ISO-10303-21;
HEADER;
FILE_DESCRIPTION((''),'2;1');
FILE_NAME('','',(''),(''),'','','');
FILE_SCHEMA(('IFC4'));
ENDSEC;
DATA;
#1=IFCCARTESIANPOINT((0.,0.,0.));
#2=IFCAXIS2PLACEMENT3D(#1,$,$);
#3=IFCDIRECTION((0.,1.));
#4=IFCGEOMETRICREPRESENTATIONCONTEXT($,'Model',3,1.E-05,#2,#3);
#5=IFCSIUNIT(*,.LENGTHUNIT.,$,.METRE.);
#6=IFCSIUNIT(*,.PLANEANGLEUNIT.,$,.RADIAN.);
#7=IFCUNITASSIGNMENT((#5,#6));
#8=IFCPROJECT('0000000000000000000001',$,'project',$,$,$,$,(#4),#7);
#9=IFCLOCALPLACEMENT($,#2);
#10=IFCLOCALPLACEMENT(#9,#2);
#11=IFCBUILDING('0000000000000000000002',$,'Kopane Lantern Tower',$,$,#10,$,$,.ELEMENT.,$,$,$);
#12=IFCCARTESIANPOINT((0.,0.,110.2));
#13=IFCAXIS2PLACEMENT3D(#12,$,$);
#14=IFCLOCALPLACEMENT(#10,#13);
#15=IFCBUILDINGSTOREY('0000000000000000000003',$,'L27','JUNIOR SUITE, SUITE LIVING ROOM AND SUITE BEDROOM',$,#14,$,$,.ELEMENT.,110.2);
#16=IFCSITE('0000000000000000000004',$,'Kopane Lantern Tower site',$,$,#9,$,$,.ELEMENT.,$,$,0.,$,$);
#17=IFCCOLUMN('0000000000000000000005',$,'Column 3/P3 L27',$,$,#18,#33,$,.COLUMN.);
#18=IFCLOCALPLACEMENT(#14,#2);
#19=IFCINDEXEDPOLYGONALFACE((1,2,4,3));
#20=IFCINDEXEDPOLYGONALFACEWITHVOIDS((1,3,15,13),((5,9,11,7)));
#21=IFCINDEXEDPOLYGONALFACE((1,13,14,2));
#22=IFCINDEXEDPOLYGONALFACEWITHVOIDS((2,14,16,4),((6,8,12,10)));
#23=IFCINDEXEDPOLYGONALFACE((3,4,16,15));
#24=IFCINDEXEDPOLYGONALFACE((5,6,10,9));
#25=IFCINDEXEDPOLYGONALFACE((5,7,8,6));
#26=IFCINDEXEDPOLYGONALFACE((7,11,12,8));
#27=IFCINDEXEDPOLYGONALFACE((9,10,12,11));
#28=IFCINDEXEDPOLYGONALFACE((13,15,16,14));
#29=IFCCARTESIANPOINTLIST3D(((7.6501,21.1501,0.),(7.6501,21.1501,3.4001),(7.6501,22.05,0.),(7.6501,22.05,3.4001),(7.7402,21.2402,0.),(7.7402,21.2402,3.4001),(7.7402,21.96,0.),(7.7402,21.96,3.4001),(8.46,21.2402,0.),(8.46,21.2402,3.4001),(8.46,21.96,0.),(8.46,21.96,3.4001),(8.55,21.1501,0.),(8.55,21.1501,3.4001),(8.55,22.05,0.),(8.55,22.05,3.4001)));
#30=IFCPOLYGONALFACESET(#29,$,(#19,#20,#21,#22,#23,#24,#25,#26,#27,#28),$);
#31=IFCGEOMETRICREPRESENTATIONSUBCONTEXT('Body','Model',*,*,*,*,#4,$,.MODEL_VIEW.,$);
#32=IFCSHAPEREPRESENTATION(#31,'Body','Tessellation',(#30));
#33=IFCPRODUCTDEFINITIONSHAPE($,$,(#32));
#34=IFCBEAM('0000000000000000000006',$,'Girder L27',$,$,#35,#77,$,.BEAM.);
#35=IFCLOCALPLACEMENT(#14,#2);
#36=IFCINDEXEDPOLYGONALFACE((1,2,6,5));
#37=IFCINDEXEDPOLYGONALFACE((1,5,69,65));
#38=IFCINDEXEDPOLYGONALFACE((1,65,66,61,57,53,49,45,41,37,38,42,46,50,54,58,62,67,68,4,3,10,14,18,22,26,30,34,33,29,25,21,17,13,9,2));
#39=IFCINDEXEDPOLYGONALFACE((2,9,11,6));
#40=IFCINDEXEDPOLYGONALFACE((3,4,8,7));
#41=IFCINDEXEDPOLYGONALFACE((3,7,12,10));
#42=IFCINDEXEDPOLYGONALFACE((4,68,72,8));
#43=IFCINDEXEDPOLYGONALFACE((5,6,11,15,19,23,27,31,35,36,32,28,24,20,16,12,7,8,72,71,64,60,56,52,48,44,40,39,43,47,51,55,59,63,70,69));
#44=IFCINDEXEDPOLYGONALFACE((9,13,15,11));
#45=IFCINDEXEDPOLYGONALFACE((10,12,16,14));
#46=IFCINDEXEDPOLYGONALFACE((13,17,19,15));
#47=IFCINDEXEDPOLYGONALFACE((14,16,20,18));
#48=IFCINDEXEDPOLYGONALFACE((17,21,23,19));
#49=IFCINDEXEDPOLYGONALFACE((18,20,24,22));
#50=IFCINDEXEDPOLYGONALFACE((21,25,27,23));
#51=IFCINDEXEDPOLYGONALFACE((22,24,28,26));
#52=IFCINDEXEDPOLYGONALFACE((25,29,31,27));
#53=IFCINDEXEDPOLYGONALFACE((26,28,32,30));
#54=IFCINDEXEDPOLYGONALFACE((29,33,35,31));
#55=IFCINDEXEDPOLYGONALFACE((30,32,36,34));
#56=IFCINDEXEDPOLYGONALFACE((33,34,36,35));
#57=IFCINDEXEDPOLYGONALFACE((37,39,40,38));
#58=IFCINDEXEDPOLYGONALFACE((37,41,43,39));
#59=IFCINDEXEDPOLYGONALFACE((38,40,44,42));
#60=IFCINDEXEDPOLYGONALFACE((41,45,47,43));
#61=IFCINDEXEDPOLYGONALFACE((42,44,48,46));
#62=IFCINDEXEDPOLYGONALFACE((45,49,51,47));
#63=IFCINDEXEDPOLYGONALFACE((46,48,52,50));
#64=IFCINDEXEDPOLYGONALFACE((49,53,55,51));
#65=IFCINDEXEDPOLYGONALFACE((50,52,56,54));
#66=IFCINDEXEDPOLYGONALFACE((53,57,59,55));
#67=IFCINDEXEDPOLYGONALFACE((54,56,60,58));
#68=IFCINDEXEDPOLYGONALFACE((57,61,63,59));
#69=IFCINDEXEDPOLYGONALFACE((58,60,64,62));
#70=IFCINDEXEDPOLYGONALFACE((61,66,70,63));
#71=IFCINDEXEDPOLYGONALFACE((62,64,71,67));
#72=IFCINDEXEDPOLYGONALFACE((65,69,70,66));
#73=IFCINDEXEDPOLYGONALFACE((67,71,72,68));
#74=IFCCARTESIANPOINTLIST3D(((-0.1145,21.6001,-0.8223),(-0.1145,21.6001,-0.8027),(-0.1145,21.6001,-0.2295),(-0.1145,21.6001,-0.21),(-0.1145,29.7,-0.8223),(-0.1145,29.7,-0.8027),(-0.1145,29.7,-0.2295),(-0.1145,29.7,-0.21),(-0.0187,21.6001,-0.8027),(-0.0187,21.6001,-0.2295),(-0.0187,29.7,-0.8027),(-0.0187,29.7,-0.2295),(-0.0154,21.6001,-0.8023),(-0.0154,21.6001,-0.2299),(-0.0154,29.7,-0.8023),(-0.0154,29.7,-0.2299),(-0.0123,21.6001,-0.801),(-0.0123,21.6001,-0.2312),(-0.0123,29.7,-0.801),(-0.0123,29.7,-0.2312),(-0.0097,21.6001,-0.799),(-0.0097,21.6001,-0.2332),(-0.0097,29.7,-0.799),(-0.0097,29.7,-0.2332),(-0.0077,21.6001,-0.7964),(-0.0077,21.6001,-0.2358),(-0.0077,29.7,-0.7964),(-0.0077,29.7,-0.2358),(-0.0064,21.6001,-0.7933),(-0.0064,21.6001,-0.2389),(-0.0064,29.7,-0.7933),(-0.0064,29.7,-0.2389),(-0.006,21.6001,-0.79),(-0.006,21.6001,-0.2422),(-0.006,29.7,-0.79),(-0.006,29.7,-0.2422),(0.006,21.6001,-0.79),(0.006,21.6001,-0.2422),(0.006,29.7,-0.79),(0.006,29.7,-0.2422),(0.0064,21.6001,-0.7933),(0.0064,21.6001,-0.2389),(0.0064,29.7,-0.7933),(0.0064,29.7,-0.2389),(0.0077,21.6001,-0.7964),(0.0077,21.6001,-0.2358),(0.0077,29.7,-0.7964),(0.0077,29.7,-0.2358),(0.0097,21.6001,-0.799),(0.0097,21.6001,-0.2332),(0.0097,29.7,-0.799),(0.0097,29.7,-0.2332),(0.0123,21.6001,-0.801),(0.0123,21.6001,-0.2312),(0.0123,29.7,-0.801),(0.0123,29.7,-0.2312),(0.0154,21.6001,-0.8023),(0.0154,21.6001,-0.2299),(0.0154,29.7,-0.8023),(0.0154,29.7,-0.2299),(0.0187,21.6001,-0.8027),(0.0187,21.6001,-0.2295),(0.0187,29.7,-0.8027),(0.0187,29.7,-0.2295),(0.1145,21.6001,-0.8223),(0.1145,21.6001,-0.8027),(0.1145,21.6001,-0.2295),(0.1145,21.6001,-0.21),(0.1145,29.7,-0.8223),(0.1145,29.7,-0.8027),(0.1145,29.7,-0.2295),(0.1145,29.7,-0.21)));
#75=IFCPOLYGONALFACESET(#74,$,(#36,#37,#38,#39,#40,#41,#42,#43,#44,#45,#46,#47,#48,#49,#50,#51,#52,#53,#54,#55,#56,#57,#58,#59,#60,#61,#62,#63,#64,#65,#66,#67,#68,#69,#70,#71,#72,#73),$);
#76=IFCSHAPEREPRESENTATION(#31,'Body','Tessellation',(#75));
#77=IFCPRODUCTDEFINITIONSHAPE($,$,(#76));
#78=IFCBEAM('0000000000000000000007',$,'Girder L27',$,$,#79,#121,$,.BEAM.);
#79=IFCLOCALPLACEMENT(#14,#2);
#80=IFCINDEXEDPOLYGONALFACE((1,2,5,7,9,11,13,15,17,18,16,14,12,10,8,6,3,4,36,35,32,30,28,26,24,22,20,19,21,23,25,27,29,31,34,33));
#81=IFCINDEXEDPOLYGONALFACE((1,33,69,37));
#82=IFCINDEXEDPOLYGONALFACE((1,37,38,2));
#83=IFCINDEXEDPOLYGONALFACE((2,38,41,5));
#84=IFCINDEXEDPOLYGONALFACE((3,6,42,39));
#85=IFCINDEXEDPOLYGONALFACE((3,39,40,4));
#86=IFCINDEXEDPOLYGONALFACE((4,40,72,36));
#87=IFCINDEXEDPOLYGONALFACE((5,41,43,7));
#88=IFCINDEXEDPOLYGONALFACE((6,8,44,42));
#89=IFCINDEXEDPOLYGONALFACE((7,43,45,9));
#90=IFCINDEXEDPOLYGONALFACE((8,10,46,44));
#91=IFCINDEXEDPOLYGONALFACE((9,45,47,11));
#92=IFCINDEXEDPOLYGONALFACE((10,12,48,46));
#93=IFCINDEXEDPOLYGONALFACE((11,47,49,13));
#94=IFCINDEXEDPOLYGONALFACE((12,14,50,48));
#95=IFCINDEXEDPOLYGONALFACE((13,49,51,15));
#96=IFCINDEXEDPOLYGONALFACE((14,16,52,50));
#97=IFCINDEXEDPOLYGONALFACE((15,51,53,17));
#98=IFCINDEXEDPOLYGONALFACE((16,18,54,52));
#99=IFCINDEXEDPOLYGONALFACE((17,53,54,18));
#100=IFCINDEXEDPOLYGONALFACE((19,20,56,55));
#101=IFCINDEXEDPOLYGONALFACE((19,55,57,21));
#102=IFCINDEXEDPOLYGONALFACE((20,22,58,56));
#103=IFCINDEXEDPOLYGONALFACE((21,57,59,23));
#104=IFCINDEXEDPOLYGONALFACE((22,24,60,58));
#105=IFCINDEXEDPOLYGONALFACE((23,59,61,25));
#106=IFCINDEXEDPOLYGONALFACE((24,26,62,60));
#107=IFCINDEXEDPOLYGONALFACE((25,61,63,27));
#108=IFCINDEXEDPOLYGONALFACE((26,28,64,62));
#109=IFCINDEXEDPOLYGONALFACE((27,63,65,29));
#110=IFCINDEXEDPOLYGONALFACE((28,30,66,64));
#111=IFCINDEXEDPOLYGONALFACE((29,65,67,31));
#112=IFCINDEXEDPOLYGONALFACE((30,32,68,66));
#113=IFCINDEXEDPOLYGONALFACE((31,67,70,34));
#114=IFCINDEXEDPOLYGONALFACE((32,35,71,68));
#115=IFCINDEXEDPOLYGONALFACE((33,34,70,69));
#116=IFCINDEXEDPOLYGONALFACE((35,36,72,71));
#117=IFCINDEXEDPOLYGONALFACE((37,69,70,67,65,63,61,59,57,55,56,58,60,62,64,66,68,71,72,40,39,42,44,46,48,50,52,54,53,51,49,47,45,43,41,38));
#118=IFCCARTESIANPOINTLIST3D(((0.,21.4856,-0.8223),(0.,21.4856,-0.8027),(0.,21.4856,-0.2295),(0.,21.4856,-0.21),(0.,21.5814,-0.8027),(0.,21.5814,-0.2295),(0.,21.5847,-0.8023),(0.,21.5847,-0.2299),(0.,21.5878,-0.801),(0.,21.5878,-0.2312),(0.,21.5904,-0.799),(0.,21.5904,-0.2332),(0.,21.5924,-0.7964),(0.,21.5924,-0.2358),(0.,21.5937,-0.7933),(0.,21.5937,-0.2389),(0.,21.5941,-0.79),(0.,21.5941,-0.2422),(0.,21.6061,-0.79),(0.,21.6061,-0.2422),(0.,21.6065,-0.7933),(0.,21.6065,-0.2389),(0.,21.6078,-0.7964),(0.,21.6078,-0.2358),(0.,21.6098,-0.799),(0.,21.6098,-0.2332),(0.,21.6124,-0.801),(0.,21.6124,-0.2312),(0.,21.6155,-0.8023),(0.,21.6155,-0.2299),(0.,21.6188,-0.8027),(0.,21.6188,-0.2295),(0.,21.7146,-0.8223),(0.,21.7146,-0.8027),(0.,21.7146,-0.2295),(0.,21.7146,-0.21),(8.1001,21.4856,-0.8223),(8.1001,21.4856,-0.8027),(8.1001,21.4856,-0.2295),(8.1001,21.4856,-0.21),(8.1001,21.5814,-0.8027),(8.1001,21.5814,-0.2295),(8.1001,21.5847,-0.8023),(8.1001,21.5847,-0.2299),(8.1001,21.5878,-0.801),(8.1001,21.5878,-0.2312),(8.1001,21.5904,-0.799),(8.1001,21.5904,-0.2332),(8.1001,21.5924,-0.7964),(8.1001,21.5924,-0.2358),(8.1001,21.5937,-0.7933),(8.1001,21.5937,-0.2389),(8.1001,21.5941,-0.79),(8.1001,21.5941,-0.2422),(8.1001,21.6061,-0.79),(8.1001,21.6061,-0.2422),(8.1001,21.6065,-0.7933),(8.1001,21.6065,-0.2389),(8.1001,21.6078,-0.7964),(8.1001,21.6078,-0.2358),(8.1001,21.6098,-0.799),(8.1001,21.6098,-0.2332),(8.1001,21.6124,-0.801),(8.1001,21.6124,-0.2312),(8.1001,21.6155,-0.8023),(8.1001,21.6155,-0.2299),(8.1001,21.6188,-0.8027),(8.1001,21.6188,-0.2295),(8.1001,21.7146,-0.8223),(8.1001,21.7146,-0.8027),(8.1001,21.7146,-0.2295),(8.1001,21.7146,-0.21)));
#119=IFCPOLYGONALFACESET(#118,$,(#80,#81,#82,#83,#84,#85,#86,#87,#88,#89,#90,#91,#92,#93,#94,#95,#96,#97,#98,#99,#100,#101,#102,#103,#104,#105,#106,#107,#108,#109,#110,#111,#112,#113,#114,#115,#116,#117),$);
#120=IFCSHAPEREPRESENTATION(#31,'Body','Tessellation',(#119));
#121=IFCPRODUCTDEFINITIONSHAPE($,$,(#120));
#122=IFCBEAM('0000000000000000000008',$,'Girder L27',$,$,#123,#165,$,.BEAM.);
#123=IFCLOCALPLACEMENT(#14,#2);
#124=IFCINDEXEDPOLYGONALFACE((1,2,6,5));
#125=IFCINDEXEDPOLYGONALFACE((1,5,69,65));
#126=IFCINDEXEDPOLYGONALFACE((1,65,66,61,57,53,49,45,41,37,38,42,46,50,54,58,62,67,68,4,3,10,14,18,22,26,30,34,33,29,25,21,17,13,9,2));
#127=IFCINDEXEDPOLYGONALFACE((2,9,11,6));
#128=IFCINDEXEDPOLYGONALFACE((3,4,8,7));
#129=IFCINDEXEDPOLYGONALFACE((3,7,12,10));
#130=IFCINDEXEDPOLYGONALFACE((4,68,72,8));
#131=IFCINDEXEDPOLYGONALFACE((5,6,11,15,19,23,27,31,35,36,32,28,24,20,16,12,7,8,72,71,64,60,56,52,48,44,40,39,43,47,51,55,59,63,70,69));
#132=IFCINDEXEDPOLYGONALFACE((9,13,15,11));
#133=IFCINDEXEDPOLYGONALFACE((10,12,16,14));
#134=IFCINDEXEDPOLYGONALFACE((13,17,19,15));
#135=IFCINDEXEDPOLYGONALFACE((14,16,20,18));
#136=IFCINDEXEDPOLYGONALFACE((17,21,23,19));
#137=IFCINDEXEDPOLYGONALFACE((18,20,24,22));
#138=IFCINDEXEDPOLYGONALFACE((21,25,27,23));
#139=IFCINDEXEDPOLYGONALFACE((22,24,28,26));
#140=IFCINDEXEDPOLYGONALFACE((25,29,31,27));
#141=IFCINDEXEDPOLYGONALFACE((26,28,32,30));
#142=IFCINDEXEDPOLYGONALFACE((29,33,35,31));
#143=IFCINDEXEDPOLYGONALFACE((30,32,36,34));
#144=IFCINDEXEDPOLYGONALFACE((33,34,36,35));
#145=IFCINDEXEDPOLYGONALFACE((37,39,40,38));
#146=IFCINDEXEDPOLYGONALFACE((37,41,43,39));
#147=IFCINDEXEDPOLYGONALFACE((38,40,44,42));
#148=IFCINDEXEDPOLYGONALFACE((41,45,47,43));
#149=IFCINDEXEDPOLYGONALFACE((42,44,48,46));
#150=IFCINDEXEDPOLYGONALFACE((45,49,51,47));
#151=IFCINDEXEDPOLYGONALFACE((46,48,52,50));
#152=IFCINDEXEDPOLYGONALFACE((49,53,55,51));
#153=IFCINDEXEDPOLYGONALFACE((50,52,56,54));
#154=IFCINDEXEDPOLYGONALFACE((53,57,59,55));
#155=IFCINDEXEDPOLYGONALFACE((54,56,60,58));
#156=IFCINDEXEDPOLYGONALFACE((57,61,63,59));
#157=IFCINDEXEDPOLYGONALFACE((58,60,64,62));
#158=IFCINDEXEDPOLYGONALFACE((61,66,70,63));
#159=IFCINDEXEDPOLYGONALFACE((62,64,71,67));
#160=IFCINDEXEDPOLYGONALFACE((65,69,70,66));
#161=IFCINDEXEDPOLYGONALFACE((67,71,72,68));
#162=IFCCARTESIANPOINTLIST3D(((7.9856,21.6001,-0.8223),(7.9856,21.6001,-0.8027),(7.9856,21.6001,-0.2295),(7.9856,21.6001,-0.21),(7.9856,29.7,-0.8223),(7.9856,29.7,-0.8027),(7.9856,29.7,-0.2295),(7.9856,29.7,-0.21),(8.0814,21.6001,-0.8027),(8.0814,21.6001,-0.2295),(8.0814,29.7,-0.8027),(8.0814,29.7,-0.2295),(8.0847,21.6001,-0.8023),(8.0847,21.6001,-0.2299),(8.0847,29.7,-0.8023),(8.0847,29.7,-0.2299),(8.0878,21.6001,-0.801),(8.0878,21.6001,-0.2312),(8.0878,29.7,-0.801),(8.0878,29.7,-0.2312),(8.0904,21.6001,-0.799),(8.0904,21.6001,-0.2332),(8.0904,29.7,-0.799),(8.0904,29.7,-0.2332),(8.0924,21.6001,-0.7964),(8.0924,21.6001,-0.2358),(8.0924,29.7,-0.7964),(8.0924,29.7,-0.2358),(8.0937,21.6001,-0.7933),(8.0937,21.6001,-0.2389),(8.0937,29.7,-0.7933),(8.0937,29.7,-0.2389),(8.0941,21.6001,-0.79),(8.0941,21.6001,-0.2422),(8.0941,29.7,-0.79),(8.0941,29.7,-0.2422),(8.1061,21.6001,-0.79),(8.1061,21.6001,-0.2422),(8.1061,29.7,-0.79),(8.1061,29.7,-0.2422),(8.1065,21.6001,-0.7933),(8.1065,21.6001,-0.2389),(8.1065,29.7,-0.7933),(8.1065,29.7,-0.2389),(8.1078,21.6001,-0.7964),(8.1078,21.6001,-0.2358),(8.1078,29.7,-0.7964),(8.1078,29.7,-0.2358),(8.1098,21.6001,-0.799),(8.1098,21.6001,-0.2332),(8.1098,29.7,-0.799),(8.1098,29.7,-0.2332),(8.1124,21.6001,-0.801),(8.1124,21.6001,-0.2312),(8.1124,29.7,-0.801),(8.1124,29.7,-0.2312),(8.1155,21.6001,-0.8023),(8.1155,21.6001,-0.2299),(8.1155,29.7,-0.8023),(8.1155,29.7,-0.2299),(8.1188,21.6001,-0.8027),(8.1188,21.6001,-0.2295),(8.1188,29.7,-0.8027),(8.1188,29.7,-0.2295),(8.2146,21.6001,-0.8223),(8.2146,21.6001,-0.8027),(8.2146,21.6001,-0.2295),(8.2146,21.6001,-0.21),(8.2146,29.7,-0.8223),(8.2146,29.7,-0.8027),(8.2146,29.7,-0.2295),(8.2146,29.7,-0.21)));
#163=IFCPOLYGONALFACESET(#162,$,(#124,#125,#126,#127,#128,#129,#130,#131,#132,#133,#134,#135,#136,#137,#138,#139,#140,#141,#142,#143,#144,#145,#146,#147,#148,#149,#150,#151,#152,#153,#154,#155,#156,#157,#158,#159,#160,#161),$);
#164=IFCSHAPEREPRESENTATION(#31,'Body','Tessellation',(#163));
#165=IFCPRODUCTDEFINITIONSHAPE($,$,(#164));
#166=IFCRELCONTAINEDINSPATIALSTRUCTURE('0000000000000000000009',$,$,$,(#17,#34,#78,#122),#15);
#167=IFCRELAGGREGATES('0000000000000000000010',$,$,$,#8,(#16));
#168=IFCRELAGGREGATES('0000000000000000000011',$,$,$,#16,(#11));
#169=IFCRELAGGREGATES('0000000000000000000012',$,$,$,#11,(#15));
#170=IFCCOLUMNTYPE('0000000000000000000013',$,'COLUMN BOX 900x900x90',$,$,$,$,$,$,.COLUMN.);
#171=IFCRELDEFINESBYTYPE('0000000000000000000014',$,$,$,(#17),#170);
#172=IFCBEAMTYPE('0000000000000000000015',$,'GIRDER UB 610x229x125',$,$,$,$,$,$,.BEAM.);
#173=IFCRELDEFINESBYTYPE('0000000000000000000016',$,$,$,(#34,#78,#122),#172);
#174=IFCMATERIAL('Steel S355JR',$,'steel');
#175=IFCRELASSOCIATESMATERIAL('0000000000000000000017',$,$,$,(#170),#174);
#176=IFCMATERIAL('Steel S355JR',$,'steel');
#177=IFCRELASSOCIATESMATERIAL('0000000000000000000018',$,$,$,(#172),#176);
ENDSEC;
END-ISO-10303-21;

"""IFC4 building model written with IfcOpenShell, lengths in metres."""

from ifc_helpers import new_model, si_unit, direction, frame, origin, origin_2d, place, context, subcontext, project, spatial, hollow_rectangle, i_section, extrude, material, material_profile, profile_set, type_object, element, save


model = new_model("IFC4")

# Units and contexts
model_context = context("Model", 3, precision=1e-05, world=origin(), true_north=direction((0.0, 1.0)))
body_context = subcontext(model_context, "Body", "Model", "MODEL_VIEW")
ifc_project = project(units=[si_unit("LENGTHUNIT", "METRE"), si_unit("PLANEANGLEUNIT", "RADIAN")], contexts=[model_context])

# Site, building, storey
site_placement = place(None, origin())
site = spatial("IfcSite", under=ifc_project, at=site_placement, Name="Kopane Lantern Tower site", CompositionType="ELEMENT", RefElevation=0.0)
building_placement = place(site_placement, origin())
building = spatial("IfcBuilding", under=site, at=building_placement, Name="Kopane Lantern Tower", CompositionType="ELEMENT")
storey_placement = place(building_placement, frame((0.0, 0.0, 110.2)))
storey = spatial("IfcBuildingStorey", under=building, at=storey_placement, Name="L27", Description="JUNIOR SUITE, SUITE LIVING ROOM AND SUITE BEDROOM", CompositionType="ELEMENT", Elevation=110.2)

# Column
ifc_material_1 = material(Name="Steel S355JR", Category="steel")
ifc_material_profile_1 = material_profile(ifc_material_1, hollow_rectangle(XDim=0.8999, YDim=0.8999, WallThickness=0.0901, at=origin_2d()), Name="BOX 900x900x90")
ifc_profile_set_1 = profile_set([ifc_material_profile_1], Name="Steel S355JR")
column_type = type_object("IfcColumnType", Name="COLUMN BOX 900x900x90", PredefinedType="COLUMN", material=ifc_profile_set_1)
column_placement = place(storey_placement, frame((8.1001, 21.6001, 0.0), z_axis=(0.0, 0.0, 1.0), x_axis=(1.0, 0.0, 0.0)))
element("IfcColumn", 1, at=column_placement, inside=storey, type_object=column_type, Name="Column 3/P3 L27", PredefinedType="COLUMN", context=body_context, shape_type="SweptSolid", body=[
    extrude(hollow_rectangle(XDim=0.8999, YDim=0.8999, WallThickness=0.0901, at=origin_2d()), origin(), (0.0, 0.0, 1.0), 3.4001),
])

# Beams
ifc_material_2 = material(Name="Steel S355JR", Category="steel")
ifc_material_profile_2 = material_profile(ifc_material_2, i_section(OverallWidth=0.229, OverallDepth=0.6123, WebThickness=0.012, FlangeThickness=0.0195, FilletRadius=0.0127, at=origin_2d()), Name="UB 610x229x125")
ifc_profile_set_2 = profile_set([ifc_material_profile_2], Name="Steel S355JR")
beam_type = type_object("IfcBeamType", Name="GIRDER UB 610x229x125", PredefinedType="BEAM", material=ifc_profile_set_2)
beam_1_placement = place(storey_placement, frame((0.0, 21.6001, -0.5161), z_axis=(0.0, 1.0, 0.0), x_axis=(-1.0, 0.0, 0.0)))
element("IfcBeam", 2, at=beam_1_placement, inside=storey, type_object=beam_type, Name="Girder L27", PredefinedType="BEAM", context=body_context, shape_type="SweptSolid", body=[
    extrude(i_section(OverallWidth=0.229, OverallDepth=0.6123, WebThickness=0.012, FlangeThickness=0.0195, FilletRadius=0.0127, at=origin_2d()), origin(), (0.0, 0.0, 1.0), 8.0999),
])
beam_2_placement = place(storey_placement, frame((0.0, 21.6001, -0.5161), z_axis=(1.0, 0.0, 0.0), x_axis=(0.0, 1.0, 0.0)))
element("IfcBeam", 3, at=beam_2_placement, inside=storey, type_object=beam_type, Name="Girder L27", PredefinedType="BEAM", context=body_context, shape_type="SweptSolid", body=[
    extrude(i_section(OverallWidth=0.229, OverallDepth=0.6123, WebThickness=0.012, FlangeThickness=0.0195, FilletRadius=0.0127, at=origin_2d()), origin(), (0.0, 0.0, 1.0), 8.1001),
])
for number, where, z_axis, x_axis, name in (
    (4, (8.1001, 21.6001, -0.5161), (0.0, 1.0, 0.0), (-1.0, 0.0, 0.0), "Girder L27"),
):
    element("IfcBeam", number, at=place(storey_placement, frame(where, z_axis=z_axis, x_axis=x_axis)), inside=storey, type_object=beam_type, Name=name, PredefinedType="BEAM", context=body_context, shape_type="SweptSolid", body=[
        extrude(i_section(OverallWidth=0.229, OverallDepth=0.6123, WebThickness=0.012, FlangeThickness=0.0195, FilletRadius=0.0127, at=origin_2d()), origin(), (0.0, 0.0, 1.0), 8.0999),
    ])

save(model, "model.ifc")
